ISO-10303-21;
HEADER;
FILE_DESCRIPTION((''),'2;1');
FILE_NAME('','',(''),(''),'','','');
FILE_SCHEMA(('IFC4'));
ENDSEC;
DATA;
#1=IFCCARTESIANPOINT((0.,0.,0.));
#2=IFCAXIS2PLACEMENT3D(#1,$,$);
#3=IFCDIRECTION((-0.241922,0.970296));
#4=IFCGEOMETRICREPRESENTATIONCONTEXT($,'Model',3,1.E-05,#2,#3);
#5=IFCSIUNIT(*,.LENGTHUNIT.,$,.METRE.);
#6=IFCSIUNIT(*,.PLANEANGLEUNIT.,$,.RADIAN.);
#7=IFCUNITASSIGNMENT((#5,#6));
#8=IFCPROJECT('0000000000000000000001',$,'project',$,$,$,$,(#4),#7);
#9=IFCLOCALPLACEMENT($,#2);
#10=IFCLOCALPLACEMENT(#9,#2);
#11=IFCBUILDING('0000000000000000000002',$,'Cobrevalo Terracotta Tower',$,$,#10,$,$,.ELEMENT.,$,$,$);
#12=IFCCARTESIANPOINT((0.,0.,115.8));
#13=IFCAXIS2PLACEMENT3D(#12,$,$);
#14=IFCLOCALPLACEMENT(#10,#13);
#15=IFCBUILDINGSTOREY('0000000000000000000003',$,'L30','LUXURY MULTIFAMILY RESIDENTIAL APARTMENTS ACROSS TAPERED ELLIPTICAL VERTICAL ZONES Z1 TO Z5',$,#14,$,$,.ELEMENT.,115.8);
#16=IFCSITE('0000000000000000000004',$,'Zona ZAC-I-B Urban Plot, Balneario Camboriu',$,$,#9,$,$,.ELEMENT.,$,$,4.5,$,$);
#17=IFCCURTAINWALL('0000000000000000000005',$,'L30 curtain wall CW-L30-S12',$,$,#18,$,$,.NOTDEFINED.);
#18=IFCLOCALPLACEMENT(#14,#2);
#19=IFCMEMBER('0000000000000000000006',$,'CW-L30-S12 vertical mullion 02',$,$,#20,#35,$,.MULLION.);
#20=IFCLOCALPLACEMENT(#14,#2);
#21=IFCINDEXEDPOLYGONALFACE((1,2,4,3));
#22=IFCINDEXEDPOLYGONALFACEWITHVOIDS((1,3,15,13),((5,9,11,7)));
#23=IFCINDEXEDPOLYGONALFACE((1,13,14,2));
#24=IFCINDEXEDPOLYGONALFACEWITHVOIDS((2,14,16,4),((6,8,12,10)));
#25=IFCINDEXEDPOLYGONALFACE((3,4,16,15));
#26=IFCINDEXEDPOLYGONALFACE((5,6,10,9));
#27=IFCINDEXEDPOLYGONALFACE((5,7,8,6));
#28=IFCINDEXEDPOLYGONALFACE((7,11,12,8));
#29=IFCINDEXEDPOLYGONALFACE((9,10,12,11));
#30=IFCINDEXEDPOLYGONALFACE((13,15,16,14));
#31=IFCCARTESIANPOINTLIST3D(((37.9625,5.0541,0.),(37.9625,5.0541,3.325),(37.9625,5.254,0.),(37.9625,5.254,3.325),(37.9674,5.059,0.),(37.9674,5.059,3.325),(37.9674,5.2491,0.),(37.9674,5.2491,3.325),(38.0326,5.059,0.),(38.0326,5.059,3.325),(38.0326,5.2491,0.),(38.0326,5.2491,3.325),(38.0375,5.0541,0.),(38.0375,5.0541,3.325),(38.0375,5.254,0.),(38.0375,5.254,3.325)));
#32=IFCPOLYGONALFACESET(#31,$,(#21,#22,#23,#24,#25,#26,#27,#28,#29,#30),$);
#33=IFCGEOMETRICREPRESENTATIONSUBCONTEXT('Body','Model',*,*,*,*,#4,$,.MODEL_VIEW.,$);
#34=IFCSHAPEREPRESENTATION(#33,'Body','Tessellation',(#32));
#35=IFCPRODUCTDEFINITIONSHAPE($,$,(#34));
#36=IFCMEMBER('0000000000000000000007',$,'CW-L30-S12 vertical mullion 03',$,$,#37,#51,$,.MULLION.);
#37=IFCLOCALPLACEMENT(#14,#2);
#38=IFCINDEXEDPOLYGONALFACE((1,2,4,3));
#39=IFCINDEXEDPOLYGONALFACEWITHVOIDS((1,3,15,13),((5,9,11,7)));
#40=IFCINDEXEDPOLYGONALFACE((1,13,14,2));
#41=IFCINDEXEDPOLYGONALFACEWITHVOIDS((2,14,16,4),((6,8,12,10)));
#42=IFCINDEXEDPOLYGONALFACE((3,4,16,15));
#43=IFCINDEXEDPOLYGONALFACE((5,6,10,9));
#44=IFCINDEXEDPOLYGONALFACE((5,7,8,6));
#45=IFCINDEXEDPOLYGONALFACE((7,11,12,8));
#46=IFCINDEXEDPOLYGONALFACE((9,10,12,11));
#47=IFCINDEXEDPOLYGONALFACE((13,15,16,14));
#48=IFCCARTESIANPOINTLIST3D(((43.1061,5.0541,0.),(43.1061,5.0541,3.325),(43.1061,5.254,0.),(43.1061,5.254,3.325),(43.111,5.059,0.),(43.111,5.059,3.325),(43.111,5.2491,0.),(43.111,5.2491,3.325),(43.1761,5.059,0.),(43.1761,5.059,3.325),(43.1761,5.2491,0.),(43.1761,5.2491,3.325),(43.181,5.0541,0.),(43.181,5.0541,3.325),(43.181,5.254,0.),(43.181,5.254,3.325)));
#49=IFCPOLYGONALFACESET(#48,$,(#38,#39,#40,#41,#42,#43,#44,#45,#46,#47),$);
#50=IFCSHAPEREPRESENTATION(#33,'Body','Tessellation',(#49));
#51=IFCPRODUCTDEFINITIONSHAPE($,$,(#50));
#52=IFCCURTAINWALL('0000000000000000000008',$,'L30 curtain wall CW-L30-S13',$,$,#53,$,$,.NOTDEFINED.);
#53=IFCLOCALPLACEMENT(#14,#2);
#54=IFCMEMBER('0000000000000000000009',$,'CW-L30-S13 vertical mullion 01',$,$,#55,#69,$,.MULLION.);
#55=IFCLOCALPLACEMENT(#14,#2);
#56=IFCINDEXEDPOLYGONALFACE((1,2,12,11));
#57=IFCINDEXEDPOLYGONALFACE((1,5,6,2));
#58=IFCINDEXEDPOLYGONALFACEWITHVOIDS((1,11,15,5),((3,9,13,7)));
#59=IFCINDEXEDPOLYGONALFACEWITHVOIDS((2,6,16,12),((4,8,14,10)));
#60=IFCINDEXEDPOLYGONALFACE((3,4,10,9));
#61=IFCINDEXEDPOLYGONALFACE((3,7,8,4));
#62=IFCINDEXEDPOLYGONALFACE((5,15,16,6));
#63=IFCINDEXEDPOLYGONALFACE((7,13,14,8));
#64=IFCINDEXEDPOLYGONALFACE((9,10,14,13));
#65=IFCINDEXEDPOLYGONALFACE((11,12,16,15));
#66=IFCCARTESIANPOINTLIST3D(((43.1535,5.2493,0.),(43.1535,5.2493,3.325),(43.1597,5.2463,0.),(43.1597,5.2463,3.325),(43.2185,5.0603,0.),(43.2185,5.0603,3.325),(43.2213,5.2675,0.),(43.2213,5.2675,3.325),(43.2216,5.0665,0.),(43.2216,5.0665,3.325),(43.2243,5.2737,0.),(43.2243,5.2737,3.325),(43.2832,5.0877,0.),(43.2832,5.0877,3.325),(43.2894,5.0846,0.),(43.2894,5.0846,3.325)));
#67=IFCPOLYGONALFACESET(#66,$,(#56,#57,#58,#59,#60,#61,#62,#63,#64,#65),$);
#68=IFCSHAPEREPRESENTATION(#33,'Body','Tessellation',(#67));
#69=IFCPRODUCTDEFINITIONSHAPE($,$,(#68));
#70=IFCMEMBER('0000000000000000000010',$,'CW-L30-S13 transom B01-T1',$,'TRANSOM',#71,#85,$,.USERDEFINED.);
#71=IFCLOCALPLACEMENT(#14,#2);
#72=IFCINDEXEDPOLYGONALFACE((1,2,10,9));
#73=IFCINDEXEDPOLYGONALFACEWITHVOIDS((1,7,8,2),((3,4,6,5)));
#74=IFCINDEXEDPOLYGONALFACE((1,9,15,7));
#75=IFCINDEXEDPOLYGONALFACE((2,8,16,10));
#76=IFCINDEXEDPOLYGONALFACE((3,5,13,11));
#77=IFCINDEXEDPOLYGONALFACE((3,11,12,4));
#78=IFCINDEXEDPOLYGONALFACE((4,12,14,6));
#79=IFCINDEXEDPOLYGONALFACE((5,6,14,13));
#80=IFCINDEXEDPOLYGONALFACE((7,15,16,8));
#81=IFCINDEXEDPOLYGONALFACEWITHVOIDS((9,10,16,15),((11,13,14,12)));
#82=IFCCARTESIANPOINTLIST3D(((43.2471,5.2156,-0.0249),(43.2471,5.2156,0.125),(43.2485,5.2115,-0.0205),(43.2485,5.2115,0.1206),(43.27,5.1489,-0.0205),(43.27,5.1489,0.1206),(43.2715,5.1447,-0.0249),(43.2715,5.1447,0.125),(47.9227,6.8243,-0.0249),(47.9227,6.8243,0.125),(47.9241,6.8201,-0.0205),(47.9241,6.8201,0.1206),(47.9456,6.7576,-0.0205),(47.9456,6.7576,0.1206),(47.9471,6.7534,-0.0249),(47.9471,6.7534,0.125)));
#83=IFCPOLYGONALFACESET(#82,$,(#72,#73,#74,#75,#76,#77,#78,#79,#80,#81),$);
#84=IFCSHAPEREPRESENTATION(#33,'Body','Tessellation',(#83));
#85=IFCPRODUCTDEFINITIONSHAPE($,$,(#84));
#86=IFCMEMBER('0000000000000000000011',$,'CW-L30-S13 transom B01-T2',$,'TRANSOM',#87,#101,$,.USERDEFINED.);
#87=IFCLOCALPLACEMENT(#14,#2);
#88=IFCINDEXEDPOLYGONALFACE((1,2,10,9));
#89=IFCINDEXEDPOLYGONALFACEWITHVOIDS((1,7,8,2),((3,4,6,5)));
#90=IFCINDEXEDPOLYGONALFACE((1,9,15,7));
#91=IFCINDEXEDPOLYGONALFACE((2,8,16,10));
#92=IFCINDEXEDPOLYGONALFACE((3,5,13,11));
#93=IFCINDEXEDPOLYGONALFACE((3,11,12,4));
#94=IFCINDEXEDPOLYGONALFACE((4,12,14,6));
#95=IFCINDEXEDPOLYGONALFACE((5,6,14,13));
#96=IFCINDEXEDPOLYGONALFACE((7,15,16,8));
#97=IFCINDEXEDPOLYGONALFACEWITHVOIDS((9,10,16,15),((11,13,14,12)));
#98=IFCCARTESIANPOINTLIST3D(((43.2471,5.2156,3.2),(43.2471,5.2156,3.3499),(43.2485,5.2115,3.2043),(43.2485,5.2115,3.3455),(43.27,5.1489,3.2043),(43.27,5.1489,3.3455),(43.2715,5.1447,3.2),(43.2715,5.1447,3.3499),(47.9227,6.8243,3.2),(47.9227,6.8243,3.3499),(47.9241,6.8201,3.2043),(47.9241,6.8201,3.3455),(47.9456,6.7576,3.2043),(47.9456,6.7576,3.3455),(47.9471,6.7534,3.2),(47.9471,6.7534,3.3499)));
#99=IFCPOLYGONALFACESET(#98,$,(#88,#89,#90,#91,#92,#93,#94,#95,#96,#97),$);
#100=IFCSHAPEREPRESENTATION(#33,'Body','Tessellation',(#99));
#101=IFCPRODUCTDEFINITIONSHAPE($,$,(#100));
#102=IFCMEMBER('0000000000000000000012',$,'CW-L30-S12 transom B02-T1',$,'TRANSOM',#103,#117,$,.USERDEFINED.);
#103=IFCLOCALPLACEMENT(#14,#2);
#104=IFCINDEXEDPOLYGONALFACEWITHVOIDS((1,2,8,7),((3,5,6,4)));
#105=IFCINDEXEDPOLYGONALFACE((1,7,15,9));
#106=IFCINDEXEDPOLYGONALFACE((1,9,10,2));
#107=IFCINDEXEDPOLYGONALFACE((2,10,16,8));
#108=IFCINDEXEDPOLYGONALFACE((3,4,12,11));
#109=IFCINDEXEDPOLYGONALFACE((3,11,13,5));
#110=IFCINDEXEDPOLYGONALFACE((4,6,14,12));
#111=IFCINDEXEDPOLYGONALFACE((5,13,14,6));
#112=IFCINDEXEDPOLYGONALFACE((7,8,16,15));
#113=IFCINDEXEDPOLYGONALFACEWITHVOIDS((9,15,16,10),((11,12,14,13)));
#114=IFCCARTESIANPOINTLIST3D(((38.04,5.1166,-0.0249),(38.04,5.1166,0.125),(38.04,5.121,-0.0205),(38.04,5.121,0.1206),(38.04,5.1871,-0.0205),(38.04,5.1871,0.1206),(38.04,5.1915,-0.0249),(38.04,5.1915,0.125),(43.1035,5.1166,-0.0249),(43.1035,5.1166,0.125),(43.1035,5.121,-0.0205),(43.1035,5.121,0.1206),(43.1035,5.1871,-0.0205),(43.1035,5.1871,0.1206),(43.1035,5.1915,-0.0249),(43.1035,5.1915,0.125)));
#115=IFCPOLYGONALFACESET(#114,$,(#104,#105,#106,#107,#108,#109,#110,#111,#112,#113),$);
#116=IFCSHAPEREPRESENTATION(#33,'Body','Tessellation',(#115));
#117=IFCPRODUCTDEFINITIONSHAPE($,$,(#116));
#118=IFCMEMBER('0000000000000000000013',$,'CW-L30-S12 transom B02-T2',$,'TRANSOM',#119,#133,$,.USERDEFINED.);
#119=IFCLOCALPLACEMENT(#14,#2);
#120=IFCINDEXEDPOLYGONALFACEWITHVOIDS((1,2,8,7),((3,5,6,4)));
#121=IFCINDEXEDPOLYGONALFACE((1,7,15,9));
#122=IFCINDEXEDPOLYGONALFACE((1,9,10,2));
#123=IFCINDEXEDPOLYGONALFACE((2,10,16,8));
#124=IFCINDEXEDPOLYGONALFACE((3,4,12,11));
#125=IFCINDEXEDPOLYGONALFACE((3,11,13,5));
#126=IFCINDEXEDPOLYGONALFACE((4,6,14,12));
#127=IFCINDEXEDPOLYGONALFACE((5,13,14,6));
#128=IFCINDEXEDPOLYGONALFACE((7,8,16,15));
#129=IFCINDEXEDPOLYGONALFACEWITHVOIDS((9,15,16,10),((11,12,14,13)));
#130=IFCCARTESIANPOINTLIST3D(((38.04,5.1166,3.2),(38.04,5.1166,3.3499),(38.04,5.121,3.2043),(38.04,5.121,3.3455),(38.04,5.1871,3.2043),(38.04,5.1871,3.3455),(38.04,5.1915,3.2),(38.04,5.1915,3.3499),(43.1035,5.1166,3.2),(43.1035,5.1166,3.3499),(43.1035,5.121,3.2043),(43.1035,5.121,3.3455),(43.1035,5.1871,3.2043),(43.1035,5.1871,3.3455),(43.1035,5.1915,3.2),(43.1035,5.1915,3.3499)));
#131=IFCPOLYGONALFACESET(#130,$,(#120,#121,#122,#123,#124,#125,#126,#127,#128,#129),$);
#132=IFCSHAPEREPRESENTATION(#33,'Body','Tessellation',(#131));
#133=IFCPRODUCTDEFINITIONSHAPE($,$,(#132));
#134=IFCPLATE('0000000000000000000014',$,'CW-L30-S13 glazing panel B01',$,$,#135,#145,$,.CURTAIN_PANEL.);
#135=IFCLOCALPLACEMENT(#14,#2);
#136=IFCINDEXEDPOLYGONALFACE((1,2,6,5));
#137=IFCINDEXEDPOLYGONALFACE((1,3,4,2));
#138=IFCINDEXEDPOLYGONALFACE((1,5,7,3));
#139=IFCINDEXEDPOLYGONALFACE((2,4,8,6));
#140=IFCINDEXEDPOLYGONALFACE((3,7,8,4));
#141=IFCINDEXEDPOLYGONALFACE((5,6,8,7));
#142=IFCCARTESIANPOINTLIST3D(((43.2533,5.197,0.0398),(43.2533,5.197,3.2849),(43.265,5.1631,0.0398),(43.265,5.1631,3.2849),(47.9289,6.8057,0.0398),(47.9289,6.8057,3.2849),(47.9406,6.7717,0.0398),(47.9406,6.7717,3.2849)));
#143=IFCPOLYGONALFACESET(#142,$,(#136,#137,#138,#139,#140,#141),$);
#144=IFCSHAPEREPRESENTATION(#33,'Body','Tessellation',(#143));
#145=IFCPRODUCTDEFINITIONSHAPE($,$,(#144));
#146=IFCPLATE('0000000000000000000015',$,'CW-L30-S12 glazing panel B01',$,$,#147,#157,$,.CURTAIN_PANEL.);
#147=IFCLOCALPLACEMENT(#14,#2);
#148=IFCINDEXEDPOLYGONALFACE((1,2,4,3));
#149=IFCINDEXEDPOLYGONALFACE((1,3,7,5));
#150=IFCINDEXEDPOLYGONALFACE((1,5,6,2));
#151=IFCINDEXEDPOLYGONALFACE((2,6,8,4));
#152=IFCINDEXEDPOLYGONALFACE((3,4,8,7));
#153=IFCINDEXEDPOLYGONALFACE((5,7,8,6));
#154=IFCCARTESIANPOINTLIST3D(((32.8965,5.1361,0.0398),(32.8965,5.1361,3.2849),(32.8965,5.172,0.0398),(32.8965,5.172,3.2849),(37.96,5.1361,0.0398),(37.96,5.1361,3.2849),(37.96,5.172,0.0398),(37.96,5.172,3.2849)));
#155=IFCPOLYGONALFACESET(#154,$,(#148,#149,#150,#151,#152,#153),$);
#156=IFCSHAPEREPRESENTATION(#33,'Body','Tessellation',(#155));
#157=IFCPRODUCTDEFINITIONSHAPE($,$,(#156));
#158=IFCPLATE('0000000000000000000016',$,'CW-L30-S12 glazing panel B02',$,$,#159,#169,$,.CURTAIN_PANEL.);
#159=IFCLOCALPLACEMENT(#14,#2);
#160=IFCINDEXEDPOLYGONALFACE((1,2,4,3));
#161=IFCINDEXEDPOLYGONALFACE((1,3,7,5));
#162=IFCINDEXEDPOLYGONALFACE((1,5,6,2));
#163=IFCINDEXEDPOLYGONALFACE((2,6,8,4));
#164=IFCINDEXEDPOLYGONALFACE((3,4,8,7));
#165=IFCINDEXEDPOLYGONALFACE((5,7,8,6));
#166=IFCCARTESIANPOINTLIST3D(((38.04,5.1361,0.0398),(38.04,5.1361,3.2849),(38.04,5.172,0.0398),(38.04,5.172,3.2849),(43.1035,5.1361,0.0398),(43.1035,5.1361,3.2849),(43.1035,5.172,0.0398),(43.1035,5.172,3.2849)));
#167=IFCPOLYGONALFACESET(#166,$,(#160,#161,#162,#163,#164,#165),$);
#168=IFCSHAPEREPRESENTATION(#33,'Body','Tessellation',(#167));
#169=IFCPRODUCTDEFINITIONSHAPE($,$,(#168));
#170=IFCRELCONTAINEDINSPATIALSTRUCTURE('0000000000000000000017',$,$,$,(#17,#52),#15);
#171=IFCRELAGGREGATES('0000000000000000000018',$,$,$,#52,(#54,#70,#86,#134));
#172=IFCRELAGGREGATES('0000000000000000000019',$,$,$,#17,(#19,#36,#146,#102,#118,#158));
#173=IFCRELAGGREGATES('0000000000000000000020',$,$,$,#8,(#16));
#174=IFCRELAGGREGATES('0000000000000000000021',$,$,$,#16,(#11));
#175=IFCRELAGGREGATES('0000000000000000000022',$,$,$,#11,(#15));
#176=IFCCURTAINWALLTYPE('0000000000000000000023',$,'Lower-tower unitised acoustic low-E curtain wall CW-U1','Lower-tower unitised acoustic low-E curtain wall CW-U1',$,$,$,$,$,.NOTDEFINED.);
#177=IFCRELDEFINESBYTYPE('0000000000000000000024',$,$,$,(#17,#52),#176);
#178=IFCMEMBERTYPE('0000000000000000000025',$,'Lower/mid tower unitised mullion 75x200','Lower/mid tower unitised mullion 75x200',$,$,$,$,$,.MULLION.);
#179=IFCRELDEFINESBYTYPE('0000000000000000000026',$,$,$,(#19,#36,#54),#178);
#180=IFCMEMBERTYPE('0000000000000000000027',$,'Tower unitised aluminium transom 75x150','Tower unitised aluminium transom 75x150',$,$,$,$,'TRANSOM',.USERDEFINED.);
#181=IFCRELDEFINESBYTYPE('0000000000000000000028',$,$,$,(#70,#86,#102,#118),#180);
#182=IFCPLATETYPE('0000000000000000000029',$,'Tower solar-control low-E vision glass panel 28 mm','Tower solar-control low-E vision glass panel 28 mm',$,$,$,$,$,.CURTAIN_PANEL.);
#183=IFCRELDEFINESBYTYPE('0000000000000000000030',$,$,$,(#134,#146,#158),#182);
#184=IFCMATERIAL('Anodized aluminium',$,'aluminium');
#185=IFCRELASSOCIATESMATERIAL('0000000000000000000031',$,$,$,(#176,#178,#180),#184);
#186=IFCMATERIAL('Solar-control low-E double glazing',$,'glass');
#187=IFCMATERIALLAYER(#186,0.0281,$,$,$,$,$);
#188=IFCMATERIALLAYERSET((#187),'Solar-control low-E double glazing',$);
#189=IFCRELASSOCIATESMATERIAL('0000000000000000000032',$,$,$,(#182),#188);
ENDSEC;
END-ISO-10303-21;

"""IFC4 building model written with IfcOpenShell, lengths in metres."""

from ifc_helpers import new_model, si_unit, direction, frame, origin, origin_2d, place, context, subcontext, project, spatial, rectangle, hollow_rectangle, extrude, source, transform, mapped, material, layer, layer_set, material_profile, profile_set, type_object, element, aggregate, save


model = new_model("IFC4")

# Units and contexts
model_context = context("Model", 3, precision=1e-05, world=origin(), true_north=direction((-0.241922, 0.970296)))
body_context = subcontext(model_context, "Body", "Model", "MODEL_VIEW")
ifc_project = project(units=[si_unit("LENGTHUNIT", "METRE"), si_unit("PLANEANGLEUNIT", "RADIAN")], contexts=[model_context])

# Site, building, storey
site_placement = place(None, origin())
site = spatial("IfcSite", under=ifc_project, at=site_placement, Name="Zona ZAC-I-B Urban Plot, Balneario Camboriu", CompositionType="ELEMENT", RefElevation=4.5)
building_placement = place(site_placement, origin())
building = spatial("IfcBuilding", under=site, at=building_placement, Name="Cobrevalo Terracotta Tower", CompositionType="ELEMENT")
storey_placement = place(building_placement, frame((0.0, 0.0, 115.8)))
storey = spatial("IfcBuildingStorey", under=building, at=storey_placement, Name="L30", Description="LUXURY MULTIFAMILY RESIDENTIAL APARTMENTS ACROSS TAPERED ELLIPTICAL VERTICAL ZONES Z1 TO Z5", CompositionType="ELEMENT", Elevation=115.8)

# Curtain walls, members
ifc_material_1 = material(Name="Anodized aluminium", Category="aluminium")
curtain_wall_type = type_object("IfcCurtainWallType", Name="Lower-tower unitised acoustic low-E curtain wall CW-U1", Description="Lower-tower unitised acoustic low-E curtain wall CW-U1", PredefinedType="NOTDEFINED", material=ifc_material_1)
curtain_wall_1_placement = place(storey_placement, origin())
curtain_wall_1 = element("IfcCurtainWall", 1, at=curtain_wall_1_placement, inside=storey, type_object=curtain_wall_type, Name="L30 curtain wall CW-L30-S12", PredefinedType="NOTDEFINED")
ifc_material_profile_1 = material_profile(ifc_material_1, hollow_rectangle(XDim=0.075, YDim=0.2, WallThickness=0.0049, at=origin_2d()), Name="CWM 75x200")
ifc_profile_set_1 = profile_set([ifc_material_profile_1], Name="Anodized aluminium")
member_type_1 = type_object("IfcMemberType", Name="Lower/mid tower unitised mullion 75x200", Description="Lower/mid tower unitised mullion 75x200", PredefinedType="MULLION", material=ifc_profile_set_1)
shared_shape_1 = source(origin(), body_context, "Body", "SweptSolid", [
    extrude(hollow_rectangle(XDim=0.075, YDim=0.2, WallThickness=0.0049, at=origin_2d()), origin(), (0.0, 0.0, 1.0), 3.325),
])
member_1_placement = place(storey_placement, frame((38.0, 5.1541, 0.0), z_axis=(0.0, 0.0, 1.0), x_axis=(1.0, 0.0, 0.0)))
member_1 = element("IfcMember", 2, at=member_1_placement, type_object=member_type_1, Name="CW-L30-S12 vertical mullion 02", PredefinedType="MULLION", context=body_context, shape_type="MappedRepresentation", body=[
    mapped(shared_shape_1, transform((0.0, 0.0, 0.0), scale=1.0)),
])
member_2_placement = place(storey_placement, frame((43.1436, 5.1541, 0.0), z_axis=(0.0, 0.0, 1.0), x_axis=(1.0, 0.0, 0.0)))
member_2 = element("IfcMember", 3, at=member_2_placement, type_object=member_type_1, Name="CW-L30-S12 vertical mullion 03", PredefinedType="MULLION", context=body_context, shape_type="MappedRepresentation", body=[
    mapped(shared_shape_1, transform((0.0, 0.0, 0.0), scale=1.0)),
])
curtain_wall_2_placement = place(storey_placement, origin())
curtain_wall_2 = element("IfcCurtainWall", 4, at=curtain_wall_2_placement, inside=storey, type_object=curtain_wall_type, Name="L30 curtain wall CW-L30-S13", PredefinedType="NOTDEFINED")
member_3_placement = place(storey_placement, frame((43.2214, 5.167, 0.0), z_axis=(0.0, 0.0, 1.0), x_axis=(0.945598, 0.325337, 0.0)))
member_3 = element("IfcMember", 5, at=member_3_placement, type_object=member_type_1, Name="CW-L30-S13 vertical mullion 01", PredefinedType="MULLION", context=body_context, shape_type="MappedRepresentation", body=[
    mapped(shared_shape_1, transform((0.0, 0.0, 0.0), scale=1.0)),
])
ifc_material_profile_2 = material_profile(ifc_material_1, hollow_rectangle(XDim=0.075, YDim=0.1499, WallThickness=0.0044, at=origin_2d()), Name="CWT 75x150")
ifc_profile_set_2 = profile_set([ifc_material_profile_2], Name="Anodized aluminium")
member_type_2 = type_object("IfcMemberType", Name="Tower unitised aluminium transom 75x150", Description="Tower unitised aluminium transom 75x150", ElementType="TRANSOM", PredefinedType="USERDEFINED", material=ifc_profile_set_2)
shared_shape_2 = source(origin(), body_context, "Body", "SweptSolid", [
    extrude(hollow_rectangle(XDim=0.075, YDim=0.1499, WallThickness=0.0044, at=origin_2d()), origin(), (0.0, 0.0, 1.0), 4.9446),
])
member_4_placement = place(storey_placement, frame((43.2593, 5.1802, 0.05), z_axis=(0.945598, 0.325338, 0.0), x_axis=(-0.325338, 0.945598, 0.0)))
member_4 = element("IfcMember", 6, at=member_4_placement, type_object=member_type_2, Name="CW-L30-S13 transom B01-T1", ObjectType="TRANSOM", PredefinedType="USERDEFINED", context=body_context, shape_type="MappedRepresentation", body=[
    mapped(shared_shape_2, transform((0.0, 0.0, 0.0), scale=1.0)),
])
member_5_placement = place(storey_placement, frame((43.2593, 5.1802, 3.2749), z_axis=(0.945598, 0.325338, 0.0), x_axis=(-0.325338, 0.945598, 0.0)))
member_5 = element("IfcMember", 7, at=member_5_placement, type_object=member_type_2, Name="CW-L30-S13 transom B01-T2", ObjectType="TRANSOM", PredefinedType="USERDEFINED", context=body_context, shape_type="MappedRepresentation", body=[
    mapped(shared_shape_2, transform((0.0, 0.0, 0.0), scale=1.0)),
])

# Members
shared_shape_3 = source(origin(), body_context, "Body", "SweptSolid", [
    extrude(hollow_rectangle(XDim=0.075, YDim=0.1499, WallThickness=0.0044, at=origin_2d()), origin(), (0.0, 0.0, 1.0), 5.0635),
])
member_6_placement = place(storey_placement, frame((38.04, 5.1541, 0.05), z_axis=(1.0, 0.0, 0.0), x_axis=(0.0, 1.0, 0.0)))
member_6 = element("IfcMember", 8, at=member_6_placement, type_object=member_type_2, Name="CW-L30-S12 transom B02-T1", ObjectType="TRANSOM", PredefinedType="USERDEFINED", context=body_context, shape_type="MappedRepresentation", body=[
    mapped(shared_shape_3, transform((0.0, 0.0, 0.0), scale=1.0)),
])
member_7_placement = place(storey_placement, frame((38.04, 5.1541, 3.2749), z_axis=(1.0, 0.0, 0.0), x_axis=(0.0, 1.0, 0.0)))
member_7 = element("IfcMember", 9, at=member_7_placement, type_object=member_type_2, Name="CW-L30-S12 transom B02-T2", ObjectType="TRANSOM", PredefinedType="USERDEFINED", context=body_context, shape_type="MappedRepresentation", body=[
    mapped(shared_shape_3, transform((0.0, 0.0, 0.0), scale=1.0)),
])

# Plates
ifc_material_2 = material(Name="Solar-control low-E double glazing", Category="glass")
ifc_layer_1 = layer(ifc_material_2, 0.0281)
ifc_layer_set_1 = layer_set([ifc_layer_1], Name="Solar-control low-E double glazing")
plate_type = type_object("IfcPlateType", Name="Tower solar-control low-E vision glass panel 28 mm", Description="Tower solar-control low-E vision glass panel 28 mm", PredefinedType="CURTAIN_PANEL", material=ifc_layer_set_1)
shared_shape_4 = source(origin(), body_context, "Body", "SweptSolid", [
    extrude(rectangle(XDim=4.9446, YDim=0.0359, at=origin_2d()), origin(), (0.0, 0.0, 1.0), 3.2451),
])
plate_1_placement = place(storey_placement, frame((45.5969, 5.9844, 0.0398), z_axis=(0.0, 0.0, 1.0), x_axis=(0.945596, 0.325342, 0.0)))
plate_1 = element("IfcPlate", 10, at=plate_1_placement, type_object=plate_type, Name="CW-L30-S13 glazing panel B01", PredefinedType="CURTAIN_PANEL", context=body_context, shape_type="MappedRepresentation", body=[
    mapped(shared_shape_4, transform((0.0, 0.0, 0.0), scale=1.0)),
])
aggregate(curtain_wall_2, [member_3, member_4, member_5, plate_1])
shared_shape_5 = source(origin(), body_context, "Body", "SweptSolid", [
    extrude(rectangle(XDim=5.0635, YDim=0.0359, at=origin_2d()), origin(), (0.0, 0.0, 1.0), 3.2451),
])
plate_2_placement = place(storey_placement, frame((35.4282, 5.1541, 0.0398), z_axis=(0.0, 0.0, 1.0), x_axis=(1.0, 0.0, 0.0)))
plate_2 = element("IfcPlate", 11, at=plate_2_placement, type_object=plate_type, Name="CW-L30-S12 glazing panel B01", PredefinedType="CURTAIN_PANEL", context=body_context, shape_type="MappedRepresentation", body=[
    mapped(shared_shape_5, transform((0.0, 0.0, 0.0), scale=1.0)),
])
plate_3_placement = place(storey_placement, frame((40.5718, 5.1541, 0.0398), z_axis=(0.0, 0.0, 1.0), x_axis=(1.0, 0.0, 0.0)))
plate_3 = element("IfcPlate", 12, at=plate_3_placement, type_object=plate_type, Name="CW-L30-S12 glazing panel B02", PredefinedType="CURTAIN_PANEL", context=body_context, shape_type="MappedRepresentation", body=[
    mapped(shared_shape_5, transform((0.0, 0.0, 0.0), scale=1.0)),
])
aggregate(curtain_wall_1, [member_1, member_2, plate_2, member_6, member_7, plate_3])

save(model, "model.ifc")
